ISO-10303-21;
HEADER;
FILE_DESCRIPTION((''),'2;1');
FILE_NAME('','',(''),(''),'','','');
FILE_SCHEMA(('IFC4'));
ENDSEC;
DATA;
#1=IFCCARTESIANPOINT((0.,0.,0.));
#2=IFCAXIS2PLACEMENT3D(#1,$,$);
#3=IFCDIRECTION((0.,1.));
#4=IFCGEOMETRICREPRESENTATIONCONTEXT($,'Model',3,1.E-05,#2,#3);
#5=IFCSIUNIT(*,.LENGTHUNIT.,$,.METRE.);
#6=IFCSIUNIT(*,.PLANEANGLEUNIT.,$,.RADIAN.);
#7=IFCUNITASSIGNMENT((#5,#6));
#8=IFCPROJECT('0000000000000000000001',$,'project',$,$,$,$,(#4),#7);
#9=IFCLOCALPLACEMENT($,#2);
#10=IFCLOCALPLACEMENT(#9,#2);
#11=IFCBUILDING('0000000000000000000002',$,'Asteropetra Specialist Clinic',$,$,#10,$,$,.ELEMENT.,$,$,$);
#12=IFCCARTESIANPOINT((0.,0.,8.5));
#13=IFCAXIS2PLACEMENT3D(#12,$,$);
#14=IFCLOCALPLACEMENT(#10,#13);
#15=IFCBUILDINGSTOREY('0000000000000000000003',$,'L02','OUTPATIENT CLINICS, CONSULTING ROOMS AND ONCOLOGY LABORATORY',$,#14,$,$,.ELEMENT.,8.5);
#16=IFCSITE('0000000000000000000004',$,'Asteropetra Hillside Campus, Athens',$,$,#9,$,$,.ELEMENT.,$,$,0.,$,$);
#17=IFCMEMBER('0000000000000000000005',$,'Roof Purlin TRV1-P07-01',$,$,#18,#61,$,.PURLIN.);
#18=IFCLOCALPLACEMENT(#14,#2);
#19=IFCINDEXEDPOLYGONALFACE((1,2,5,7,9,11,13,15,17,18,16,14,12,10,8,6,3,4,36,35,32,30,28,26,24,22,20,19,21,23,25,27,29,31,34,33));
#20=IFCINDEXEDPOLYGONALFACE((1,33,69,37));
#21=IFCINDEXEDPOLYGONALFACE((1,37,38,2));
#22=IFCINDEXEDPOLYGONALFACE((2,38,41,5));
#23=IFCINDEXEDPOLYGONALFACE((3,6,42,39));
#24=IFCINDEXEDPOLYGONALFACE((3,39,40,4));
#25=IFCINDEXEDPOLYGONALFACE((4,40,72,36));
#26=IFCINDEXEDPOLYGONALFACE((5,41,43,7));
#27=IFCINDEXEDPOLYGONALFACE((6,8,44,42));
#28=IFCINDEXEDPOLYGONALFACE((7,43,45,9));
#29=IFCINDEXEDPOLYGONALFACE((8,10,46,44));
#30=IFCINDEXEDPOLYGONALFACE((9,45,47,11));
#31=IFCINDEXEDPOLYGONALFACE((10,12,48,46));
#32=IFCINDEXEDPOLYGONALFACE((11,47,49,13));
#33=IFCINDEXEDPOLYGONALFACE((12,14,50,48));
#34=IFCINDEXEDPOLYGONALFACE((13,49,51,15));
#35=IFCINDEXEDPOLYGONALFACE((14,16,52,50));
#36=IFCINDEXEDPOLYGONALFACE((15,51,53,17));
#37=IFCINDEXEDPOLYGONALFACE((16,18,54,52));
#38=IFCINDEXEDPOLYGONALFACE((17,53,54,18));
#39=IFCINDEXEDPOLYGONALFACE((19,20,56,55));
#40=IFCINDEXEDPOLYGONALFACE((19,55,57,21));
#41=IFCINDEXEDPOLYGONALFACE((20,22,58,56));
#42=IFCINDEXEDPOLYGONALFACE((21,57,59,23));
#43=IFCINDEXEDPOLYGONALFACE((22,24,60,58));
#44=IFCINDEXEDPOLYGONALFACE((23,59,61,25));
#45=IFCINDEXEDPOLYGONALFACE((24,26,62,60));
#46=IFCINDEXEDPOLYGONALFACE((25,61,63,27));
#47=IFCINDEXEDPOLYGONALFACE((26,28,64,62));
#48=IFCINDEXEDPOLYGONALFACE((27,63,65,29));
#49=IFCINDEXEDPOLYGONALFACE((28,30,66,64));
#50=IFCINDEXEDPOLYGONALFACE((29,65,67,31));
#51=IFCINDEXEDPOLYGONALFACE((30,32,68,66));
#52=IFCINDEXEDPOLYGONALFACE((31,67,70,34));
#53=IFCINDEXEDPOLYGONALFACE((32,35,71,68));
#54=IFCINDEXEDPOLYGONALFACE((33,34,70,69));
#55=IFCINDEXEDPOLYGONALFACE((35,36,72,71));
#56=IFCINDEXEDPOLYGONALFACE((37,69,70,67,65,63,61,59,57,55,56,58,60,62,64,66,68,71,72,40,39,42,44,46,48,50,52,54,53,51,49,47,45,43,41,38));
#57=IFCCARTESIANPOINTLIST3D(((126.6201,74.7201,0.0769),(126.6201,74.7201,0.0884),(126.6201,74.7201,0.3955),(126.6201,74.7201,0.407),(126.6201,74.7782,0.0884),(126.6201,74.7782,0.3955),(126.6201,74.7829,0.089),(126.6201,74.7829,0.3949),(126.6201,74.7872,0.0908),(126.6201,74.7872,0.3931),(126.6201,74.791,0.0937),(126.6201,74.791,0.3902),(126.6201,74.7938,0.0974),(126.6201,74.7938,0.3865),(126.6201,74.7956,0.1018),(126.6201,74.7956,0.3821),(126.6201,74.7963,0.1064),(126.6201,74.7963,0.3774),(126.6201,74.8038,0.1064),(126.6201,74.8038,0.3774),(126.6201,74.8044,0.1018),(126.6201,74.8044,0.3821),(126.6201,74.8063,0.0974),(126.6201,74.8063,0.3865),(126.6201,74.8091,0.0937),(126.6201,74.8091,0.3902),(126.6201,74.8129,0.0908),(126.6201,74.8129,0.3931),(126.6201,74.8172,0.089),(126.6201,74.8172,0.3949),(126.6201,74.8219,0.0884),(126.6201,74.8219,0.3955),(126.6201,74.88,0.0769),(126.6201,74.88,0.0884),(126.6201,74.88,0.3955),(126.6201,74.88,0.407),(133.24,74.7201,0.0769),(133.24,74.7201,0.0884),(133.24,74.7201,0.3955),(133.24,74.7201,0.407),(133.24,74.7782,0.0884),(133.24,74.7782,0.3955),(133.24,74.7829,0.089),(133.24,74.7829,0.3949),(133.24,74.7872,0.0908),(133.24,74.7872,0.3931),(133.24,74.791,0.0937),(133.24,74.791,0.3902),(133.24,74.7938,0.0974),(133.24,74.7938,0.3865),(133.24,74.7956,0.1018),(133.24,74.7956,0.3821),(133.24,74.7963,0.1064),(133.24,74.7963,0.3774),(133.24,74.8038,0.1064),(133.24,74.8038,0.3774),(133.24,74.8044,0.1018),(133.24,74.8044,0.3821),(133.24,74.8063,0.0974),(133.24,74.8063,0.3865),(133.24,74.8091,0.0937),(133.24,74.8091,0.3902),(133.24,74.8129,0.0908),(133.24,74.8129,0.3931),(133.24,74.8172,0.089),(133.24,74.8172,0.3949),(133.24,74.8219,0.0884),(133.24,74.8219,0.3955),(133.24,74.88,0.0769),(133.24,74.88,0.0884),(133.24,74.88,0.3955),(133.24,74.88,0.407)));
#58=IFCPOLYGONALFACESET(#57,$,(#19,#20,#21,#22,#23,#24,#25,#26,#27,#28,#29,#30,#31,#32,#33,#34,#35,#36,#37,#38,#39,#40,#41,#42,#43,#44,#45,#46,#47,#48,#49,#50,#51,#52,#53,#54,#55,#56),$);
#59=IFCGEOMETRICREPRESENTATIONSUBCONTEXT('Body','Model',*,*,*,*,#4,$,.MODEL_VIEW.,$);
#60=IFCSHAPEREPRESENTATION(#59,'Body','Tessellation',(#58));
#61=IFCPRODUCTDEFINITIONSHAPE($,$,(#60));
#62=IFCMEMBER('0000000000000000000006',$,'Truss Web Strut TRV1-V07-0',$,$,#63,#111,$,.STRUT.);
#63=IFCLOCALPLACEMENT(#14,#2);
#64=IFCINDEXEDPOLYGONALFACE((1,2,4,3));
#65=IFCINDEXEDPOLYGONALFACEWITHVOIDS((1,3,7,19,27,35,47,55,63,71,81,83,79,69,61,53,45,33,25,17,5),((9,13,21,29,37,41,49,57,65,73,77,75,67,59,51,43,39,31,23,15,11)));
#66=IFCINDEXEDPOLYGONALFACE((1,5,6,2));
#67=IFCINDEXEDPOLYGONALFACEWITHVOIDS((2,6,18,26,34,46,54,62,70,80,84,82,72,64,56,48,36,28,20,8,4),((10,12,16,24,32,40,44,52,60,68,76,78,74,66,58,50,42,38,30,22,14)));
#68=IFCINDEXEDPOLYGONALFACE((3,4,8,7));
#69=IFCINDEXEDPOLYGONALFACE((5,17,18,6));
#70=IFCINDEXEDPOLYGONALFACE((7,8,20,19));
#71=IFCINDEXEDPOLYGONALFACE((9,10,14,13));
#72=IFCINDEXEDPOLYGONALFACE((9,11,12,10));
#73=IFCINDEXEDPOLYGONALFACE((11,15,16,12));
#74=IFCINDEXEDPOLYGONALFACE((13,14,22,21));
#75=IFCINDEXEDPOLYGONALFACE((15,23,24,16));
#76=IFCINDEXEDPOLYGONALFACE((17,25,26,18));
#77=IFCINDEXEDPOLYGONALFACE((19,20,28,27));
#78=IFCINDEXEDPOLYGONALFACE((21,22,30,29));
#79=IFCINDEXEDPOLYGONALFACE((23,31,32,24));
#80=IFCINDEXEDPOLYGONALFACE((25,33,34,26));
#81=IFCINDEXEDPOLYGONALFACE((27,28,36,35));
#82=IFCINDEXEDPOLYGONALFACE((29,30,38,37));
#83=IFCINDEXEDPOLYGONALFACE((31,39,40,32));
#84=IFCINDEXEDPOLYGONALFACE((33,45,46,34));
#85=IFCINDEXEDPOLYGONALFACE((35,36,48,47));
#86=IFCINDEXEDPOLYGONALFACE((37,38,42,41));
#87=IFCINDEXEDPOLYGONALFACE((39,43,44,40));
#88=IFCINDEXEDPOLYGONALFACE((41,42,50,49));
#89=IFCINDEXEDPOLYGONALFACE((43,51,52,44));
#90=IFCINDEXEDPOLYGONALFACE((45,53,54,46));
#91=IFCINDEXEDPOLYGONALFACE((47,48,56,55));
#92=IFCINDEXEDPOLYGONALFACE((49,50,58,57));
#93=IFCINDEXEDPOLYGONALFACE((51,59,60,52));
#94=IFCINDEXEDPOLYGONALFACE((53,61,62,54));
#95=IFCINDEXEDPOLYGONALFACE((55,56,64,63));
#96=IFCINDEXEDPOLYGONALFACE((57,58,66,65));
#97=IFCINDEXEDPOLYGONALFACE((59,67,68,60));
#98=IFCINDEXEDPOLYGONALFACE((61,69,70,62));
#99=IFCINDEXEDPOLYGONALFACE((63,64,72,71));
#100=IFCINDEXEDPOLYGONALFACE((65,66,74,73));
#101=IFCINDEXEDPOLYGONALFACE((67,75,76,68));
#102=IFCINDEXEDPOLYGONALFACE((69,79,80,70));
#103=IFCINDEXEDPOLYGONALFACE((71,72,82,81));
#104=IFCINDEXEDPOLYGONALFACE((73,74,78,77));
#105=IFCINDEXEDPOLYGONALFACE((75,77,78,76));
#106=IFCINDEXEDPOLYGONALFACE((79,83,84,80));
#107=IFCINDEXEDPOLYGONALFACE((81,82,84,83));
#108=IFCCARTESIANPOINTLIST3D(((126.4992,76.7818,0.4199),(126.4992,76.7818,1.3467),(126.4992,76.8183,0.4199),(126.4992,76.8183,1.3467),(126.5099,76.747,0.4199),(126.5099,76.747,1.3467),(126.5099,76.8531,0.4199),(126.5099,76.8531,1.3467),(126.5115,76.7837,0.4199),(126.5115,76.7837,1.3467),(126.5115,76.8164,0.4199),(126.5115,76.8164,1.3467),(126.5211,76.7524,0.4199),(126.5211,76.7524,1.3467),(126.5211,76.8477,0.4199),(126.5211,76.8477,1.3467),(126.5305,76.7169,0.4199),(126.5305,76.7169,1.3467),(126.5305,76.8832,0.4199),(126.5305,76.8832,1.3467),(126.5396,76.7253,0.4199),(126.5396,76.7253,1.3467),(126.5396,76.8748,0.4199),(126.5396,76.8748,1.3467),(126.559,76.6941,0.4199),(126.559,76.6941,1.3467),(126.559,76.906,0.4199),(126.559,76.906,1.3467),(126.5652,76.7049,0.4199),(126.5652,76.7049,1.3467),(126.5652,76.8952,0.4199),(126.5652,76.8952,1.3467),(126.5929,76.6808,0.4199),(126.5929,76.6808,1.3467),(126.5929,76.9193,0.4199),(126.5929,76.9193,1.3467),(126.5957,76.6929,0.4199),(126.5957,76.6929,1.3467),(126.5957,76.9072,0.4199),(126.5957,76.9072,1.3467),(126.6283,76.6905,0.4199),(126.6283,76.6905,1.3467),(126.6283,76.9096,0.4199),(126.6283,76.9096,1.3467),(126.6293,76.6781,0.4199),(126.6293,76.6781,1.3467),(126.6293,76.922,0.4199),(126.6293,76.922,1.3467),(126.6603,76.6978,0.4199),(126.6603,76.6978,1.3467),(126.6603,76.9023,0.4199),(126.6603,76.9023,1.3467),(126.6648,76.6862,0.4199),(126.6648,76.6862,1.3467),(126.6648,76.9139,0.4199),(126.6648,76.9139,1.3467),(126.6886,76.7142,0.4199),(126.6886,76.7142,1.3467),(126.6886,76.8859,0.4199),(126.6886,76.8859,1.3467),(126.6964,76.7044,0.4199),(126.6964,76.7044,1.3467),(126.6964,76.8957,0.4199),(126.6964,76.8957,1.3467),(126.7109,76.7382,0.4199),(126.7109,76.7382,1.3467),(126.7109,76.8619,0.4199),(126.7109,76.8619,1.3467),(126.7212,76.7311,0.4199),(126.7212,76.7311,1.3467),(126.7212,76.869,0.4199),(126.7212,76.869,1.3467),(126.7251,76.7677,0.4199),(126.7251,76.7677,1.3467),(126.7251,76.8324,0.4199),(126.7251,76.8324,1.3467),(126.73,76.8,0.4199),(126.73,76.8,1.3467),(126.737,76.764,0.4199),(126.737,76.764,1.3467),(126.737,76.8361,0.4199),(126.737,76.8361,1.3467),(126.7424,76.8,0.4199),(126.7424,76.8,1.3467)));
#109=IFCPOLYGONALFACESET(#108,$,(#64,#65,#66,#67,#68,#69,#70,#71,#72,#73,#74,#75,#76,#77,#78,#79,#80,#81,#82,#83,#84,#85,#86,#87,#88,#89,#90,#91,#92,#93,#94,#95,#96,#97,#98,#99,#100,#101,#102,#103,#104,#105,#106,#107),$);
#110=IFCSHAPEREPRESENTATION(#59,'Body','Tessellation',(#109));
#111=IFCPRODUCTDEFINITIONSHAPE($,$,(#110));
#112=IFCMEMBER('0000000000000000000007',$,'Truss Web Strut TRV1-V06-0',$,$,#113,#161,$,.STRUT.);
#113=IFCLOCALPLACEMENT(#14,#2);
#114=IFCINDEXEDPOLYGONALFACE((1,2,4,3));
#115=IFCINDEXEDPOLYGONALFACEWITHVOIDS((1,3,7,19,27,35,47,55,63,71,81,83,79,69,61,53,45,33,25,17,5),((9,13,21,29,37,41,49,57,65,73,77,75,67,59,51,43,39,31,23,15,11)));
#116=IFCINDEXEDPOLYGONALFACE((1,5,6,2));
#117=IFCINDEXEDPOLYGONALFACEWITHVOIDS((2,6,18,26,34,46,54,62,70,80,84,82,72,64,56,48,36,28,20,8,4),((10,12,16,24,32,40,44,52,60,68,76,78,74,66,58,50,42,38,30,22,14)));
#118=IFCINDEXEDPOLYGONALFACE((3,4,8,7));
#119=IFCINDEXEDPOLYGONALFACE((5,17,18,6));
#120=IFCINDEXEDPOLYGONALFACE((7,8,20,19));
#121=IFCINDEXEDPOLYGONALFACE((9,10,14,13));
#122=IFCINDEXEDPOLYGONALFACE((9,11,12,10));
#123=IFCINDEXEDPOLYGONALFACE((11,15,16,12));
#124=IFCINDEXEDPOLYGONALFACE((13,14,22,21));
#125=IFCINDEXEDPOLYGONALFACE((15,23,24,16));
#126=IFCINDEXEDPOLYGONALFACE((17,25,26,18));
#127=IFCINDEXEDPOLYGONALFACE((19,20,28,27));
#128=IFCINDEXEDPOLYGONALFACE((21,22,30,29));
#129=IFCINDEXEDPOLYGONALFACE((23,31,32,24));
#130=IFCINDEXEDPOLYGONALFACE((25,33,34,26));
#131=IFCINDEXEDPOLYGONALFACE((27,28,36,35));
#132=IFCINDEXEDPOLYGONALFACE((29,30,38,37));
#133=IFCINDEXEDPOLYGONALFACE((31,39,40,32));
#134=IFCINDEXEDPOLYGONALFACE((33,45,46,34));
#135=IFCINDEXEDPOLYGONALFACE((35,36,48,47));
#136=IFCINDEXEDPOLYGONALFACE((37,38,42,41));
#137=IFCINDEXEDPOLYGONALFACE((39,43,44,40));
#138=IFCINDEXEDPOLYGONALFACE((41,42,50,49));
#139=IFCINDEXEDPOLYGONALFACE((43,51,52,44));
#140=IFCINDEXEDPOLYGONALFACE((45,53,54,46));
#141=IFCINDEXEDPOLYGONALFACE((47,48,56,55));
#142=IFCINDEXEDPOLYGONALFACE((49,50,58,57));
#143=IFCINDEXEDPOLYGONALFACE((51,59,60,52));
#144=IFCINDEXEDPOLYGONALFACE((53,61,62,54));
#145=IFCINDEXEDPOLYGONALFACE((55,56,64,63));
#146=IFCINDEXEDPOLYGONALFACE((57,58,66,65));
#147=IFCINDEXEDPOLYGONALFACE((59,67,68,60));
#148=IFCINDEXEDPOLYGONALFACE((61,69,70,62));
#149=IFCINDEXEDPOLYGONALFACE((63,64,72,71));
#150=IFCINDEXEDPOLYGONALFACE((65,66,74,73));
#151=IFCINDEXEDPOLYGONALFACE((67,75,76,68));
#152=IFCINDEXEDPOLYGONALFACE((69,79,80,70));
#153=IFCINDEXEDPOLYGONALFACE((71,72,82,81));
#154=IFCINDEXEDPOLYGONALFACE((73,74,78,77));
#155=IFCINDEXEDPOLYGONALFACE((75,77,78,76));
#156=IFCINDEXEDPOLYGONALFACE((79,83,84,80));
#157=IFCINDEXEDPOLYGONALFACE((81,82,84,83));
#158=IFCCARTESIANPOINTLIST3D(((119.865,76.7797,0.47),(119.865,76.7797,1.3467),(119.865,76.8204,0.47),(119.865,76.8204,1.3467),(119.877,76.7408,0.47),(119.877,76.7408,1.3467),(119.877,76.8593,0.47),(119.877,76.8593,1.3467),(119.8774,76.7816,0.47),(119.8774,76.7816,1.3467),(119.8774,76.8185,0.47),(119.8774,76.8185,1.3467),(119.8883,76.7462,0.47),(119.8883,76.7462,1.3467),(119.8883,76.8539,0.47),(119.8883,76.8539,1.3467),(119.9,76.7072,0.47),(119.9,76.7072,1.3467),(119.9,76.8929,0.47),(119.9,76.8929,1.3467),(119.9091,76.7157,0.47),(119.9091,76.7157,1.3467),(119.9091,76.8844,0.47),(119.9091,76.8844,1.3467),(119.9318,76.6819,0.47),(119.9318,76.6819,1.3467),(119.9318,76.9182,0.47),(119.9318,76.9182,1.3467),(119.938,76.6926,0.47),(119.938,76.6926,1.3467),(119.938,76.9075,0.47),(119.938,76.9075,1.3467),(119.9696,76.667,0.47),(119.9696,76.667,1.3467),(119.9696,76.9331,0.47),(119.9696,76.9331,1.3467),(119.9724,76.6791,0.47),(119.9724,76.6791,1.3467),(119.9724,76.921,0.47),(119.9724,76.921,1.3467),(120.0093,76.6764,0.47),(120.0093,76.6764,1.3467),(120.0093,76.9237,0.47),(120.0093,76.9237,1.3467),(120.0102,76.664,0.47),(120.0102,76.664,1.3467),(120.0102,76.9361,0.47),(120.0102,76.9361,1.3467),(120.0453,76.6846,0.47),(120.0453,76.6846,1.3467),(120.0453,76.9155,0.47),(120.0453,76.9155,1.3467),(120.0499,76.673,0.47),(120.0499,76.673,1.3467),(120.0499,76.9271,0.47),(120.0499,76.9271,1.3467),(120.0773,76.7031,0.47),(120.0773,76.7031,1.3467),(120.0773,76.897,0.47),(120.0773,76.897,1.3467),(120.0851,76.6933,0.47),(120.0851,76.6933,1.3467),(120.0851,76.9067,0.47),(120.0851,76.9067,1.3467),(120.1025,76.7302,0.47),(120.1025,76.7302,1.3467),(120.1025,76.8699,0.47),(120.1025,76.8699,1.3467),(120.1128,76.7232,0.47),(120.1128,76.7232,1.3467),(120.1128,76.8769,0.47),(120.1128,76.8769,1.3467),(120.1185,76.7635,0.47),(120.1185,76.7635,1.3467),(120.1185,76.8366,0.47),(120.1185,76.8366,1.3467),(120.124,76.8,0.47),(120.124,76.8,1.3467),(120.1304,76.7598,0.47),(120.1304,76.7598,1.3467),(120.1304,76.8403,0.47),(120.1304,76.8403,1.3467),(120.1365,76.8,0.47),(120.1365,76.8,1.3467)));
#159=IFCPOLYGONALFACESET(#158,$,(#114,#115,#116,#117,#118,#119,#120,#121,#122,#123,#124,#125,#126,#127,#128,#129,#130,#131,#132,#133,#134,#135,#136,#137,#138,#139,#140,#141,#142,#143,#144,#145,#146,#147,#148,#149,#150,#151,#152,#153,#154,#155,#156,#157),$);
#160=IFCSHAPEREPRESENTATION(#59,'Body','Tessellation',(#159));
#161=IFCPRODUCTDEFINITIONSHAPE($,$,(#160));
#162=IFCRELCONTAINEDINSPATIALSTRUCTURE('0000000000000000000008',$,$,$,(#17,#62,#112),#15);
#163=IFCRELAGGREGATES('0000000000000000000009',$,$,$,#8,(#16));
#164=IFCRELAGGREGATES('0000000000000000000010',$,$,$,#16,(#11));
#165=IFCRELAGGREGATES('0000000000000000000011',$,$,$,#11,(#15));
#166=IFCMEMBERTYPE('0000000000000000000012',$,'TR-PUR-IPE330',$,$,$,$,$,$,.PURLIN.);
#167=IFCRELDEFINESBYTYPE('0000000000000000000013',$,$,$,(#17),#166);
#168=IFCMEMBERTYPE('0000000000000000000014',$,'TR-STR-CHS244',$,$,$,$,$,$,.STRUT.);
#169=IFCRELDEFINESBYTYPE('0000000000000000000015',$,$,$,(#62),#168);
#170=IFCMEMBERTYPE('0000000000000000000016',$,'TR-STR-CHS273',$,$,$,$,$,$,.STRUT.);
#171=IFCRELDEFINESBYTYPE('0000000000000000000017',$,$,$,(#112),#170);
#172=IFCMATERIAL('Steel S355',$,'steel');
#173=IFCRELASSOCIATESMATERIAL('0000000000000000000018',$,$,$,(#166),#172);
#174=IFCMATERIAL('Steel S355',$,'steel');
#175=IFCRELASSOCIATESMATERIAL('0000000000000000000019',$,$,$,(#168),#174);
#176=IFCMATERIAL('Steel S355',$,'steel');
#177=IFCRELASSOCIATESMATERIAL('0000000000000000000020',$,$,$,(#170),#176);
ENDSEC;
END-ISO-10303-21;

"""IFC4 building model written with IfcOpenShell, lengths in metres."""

from ifc_helpers import new_model, si_unit, direction, frame, origin, origin_2d, place, context, subcontext, project, spatial, hollow_circle, i_section, extrude, material, material_profile, profile_set, type_object, element, save


model = new_model("IFC4")

# Units and contexts
model_context = context("Model", 3, precision=1e-05, world=origin(), true_north=direction((0.0, 1.0)))
body_context = subcontext(model_context, "Body", "Model", "MODEL_VIEW")
ifc_project = project(units=[si_unit("LENGTHUNIT", "METRE"), si_unit("PLANEANGLEUNIT", "RADIAN")], contexts=[model_context])

# Site, building, storey
site_placement = place(None, origin())
site = spatial("IfcSite", under=ifc_project, at=site_placement, Name="Asteropetra Hillside Campus, Athens", CompositionType="ELEMENT", RefElevation=0.0)
building_placement = place(site_placement, origin())
building = spatial("IfcBuilding", under=site, at=building_placement, Name="Asteropetra Specialist Clinic", CompositionType="ELEMENT")
storey_placement = place(building_placement, frame((0.0, 0.0, 8.5)))
storey = spatial("IfcBuildingStorey", under=building, at=storey_placement, Name="L02", Description="OUTPATIENT CLINICS, CONSULTING ROOMS AND ONCOLOGY LABORATORY", CompositionType="ELEMENT", Elevation=8.5)

# Members
ifc_material_1 = material(Name="Steel S355", Category="steel")
ifc_material_profile_1 = material_profile(ifc_material_1, i_section(OverallWidth=0.1599, OverallDepth=0.3301, WebThickness=0.0076, FlangeThickness=0.0115, FilletRadius=0.0181, at=origin_2d()), Name="IPE 330")
ifc_profile_set_1 = profile_set([ifc_material_profile_1], Name="Steel S355")
member_type_1 = type_object("IfcMemberType", Name="TR-PUR-IPE330", PredefinedType="PURLIN", material=ifc_profile_set_1)
member_1_placement = place(storey_placement, frame((126.6201, 74.8, 0.2419), z_axis=(1.0, 0.0, 0.0), x_axis=(0.0, 1.0, 0.0)))
element("IfcMember", 1, at=member_1_placement, inside=storey, type_object=member_type_1, Name="Roof Purlin TRV1-P07-01", PredefinedType="PURLIN", context=body_context, shape_type="SweptSolid", body=[
    extrude(i_section(OverallWidth=0.1599, OverallDepth=0.3301, WebThickness=0.0076, FlangeThickness=0.0115, FilletRadius=0.0181, at=origin_2d()), origin(), (0.0, 0.0, 1.0), 6.6199),
])
ifc_material_2 = material(Name="Steel S355", Category="steel")
ifc_material_profile_2 = material_profile(ifc_material_2, hollow_circle(Radius=0.1223, WallThickness=0.0125, at=origin_2d()), Name="CHS 244.5x12.5")
ifc_profile_set_2 = profile_set([ifc_material_profile_2], Name="Steel S355")
member_type_2 = type_object("IfcMemberType", Name="TR-STR-CHS244", PredefinedType="STRUT", material=ifc_profile_set_2)
member_2_placement = place(storey_placement, frame((126.6201, 76.8, 0.4199), z_axis=(0.0, 0.0, 1.0), x_axis=(1.0, 0.0, 0.0)))
element("IfcMember", 2, at=member_2_placement, inside=storey, type_object=member_type_2, Name="Truss Web Strut TRV1-V07-0", PredefinedType="STRUT", context=body_context, shape_type="SweptSolid", body=[
    extrude(hollow_circle(Radius=0.1223, WallThickness=0.0125, at=origin_2d()), origin(), (0.0, 0.0, 1.0), 0.9268),
])
ifc_material_3 = material(Name="Steel S355", Category="steel")
ifc_material_profile_3 = material_profile(ifc_material_3, hollow_circle(Radius=0.1365, WallThickness=0.0125, at=origin_2d()), Name="CHS 273.0x12.5")
ifc_profile_set_3 = profile_set([ifc_material_profile_3], Name="Steel S355")
member_type_3 = type_object("IfcMemberType", Name="TR-STR-CHS273", PredefinedType="STRUT", material=ifc_profile_set_3)
member_3_placement = place(storey_placement, frame((120.0, 76.8, 0.47), z_axis=(0.0, 0.0, 1.0), x_axis=(1.0, 0.0, 0.0)))
element("IfcMember", 3, at=member_3_placement, inside=storey, type_object=member_type_3, Name="Truss Web Strut TRV1-V06-0", PredefinedType="STRUT", context=body_context, shape_type="SweptSolid", body=[
    extrude(hollow_circle(Radius=0.1365, WallThickness=0.0125, at=origin_2d()), origin(), (0.0, 0.0, 1.0), 0.8767),
])

save(model, "model.ifc")
